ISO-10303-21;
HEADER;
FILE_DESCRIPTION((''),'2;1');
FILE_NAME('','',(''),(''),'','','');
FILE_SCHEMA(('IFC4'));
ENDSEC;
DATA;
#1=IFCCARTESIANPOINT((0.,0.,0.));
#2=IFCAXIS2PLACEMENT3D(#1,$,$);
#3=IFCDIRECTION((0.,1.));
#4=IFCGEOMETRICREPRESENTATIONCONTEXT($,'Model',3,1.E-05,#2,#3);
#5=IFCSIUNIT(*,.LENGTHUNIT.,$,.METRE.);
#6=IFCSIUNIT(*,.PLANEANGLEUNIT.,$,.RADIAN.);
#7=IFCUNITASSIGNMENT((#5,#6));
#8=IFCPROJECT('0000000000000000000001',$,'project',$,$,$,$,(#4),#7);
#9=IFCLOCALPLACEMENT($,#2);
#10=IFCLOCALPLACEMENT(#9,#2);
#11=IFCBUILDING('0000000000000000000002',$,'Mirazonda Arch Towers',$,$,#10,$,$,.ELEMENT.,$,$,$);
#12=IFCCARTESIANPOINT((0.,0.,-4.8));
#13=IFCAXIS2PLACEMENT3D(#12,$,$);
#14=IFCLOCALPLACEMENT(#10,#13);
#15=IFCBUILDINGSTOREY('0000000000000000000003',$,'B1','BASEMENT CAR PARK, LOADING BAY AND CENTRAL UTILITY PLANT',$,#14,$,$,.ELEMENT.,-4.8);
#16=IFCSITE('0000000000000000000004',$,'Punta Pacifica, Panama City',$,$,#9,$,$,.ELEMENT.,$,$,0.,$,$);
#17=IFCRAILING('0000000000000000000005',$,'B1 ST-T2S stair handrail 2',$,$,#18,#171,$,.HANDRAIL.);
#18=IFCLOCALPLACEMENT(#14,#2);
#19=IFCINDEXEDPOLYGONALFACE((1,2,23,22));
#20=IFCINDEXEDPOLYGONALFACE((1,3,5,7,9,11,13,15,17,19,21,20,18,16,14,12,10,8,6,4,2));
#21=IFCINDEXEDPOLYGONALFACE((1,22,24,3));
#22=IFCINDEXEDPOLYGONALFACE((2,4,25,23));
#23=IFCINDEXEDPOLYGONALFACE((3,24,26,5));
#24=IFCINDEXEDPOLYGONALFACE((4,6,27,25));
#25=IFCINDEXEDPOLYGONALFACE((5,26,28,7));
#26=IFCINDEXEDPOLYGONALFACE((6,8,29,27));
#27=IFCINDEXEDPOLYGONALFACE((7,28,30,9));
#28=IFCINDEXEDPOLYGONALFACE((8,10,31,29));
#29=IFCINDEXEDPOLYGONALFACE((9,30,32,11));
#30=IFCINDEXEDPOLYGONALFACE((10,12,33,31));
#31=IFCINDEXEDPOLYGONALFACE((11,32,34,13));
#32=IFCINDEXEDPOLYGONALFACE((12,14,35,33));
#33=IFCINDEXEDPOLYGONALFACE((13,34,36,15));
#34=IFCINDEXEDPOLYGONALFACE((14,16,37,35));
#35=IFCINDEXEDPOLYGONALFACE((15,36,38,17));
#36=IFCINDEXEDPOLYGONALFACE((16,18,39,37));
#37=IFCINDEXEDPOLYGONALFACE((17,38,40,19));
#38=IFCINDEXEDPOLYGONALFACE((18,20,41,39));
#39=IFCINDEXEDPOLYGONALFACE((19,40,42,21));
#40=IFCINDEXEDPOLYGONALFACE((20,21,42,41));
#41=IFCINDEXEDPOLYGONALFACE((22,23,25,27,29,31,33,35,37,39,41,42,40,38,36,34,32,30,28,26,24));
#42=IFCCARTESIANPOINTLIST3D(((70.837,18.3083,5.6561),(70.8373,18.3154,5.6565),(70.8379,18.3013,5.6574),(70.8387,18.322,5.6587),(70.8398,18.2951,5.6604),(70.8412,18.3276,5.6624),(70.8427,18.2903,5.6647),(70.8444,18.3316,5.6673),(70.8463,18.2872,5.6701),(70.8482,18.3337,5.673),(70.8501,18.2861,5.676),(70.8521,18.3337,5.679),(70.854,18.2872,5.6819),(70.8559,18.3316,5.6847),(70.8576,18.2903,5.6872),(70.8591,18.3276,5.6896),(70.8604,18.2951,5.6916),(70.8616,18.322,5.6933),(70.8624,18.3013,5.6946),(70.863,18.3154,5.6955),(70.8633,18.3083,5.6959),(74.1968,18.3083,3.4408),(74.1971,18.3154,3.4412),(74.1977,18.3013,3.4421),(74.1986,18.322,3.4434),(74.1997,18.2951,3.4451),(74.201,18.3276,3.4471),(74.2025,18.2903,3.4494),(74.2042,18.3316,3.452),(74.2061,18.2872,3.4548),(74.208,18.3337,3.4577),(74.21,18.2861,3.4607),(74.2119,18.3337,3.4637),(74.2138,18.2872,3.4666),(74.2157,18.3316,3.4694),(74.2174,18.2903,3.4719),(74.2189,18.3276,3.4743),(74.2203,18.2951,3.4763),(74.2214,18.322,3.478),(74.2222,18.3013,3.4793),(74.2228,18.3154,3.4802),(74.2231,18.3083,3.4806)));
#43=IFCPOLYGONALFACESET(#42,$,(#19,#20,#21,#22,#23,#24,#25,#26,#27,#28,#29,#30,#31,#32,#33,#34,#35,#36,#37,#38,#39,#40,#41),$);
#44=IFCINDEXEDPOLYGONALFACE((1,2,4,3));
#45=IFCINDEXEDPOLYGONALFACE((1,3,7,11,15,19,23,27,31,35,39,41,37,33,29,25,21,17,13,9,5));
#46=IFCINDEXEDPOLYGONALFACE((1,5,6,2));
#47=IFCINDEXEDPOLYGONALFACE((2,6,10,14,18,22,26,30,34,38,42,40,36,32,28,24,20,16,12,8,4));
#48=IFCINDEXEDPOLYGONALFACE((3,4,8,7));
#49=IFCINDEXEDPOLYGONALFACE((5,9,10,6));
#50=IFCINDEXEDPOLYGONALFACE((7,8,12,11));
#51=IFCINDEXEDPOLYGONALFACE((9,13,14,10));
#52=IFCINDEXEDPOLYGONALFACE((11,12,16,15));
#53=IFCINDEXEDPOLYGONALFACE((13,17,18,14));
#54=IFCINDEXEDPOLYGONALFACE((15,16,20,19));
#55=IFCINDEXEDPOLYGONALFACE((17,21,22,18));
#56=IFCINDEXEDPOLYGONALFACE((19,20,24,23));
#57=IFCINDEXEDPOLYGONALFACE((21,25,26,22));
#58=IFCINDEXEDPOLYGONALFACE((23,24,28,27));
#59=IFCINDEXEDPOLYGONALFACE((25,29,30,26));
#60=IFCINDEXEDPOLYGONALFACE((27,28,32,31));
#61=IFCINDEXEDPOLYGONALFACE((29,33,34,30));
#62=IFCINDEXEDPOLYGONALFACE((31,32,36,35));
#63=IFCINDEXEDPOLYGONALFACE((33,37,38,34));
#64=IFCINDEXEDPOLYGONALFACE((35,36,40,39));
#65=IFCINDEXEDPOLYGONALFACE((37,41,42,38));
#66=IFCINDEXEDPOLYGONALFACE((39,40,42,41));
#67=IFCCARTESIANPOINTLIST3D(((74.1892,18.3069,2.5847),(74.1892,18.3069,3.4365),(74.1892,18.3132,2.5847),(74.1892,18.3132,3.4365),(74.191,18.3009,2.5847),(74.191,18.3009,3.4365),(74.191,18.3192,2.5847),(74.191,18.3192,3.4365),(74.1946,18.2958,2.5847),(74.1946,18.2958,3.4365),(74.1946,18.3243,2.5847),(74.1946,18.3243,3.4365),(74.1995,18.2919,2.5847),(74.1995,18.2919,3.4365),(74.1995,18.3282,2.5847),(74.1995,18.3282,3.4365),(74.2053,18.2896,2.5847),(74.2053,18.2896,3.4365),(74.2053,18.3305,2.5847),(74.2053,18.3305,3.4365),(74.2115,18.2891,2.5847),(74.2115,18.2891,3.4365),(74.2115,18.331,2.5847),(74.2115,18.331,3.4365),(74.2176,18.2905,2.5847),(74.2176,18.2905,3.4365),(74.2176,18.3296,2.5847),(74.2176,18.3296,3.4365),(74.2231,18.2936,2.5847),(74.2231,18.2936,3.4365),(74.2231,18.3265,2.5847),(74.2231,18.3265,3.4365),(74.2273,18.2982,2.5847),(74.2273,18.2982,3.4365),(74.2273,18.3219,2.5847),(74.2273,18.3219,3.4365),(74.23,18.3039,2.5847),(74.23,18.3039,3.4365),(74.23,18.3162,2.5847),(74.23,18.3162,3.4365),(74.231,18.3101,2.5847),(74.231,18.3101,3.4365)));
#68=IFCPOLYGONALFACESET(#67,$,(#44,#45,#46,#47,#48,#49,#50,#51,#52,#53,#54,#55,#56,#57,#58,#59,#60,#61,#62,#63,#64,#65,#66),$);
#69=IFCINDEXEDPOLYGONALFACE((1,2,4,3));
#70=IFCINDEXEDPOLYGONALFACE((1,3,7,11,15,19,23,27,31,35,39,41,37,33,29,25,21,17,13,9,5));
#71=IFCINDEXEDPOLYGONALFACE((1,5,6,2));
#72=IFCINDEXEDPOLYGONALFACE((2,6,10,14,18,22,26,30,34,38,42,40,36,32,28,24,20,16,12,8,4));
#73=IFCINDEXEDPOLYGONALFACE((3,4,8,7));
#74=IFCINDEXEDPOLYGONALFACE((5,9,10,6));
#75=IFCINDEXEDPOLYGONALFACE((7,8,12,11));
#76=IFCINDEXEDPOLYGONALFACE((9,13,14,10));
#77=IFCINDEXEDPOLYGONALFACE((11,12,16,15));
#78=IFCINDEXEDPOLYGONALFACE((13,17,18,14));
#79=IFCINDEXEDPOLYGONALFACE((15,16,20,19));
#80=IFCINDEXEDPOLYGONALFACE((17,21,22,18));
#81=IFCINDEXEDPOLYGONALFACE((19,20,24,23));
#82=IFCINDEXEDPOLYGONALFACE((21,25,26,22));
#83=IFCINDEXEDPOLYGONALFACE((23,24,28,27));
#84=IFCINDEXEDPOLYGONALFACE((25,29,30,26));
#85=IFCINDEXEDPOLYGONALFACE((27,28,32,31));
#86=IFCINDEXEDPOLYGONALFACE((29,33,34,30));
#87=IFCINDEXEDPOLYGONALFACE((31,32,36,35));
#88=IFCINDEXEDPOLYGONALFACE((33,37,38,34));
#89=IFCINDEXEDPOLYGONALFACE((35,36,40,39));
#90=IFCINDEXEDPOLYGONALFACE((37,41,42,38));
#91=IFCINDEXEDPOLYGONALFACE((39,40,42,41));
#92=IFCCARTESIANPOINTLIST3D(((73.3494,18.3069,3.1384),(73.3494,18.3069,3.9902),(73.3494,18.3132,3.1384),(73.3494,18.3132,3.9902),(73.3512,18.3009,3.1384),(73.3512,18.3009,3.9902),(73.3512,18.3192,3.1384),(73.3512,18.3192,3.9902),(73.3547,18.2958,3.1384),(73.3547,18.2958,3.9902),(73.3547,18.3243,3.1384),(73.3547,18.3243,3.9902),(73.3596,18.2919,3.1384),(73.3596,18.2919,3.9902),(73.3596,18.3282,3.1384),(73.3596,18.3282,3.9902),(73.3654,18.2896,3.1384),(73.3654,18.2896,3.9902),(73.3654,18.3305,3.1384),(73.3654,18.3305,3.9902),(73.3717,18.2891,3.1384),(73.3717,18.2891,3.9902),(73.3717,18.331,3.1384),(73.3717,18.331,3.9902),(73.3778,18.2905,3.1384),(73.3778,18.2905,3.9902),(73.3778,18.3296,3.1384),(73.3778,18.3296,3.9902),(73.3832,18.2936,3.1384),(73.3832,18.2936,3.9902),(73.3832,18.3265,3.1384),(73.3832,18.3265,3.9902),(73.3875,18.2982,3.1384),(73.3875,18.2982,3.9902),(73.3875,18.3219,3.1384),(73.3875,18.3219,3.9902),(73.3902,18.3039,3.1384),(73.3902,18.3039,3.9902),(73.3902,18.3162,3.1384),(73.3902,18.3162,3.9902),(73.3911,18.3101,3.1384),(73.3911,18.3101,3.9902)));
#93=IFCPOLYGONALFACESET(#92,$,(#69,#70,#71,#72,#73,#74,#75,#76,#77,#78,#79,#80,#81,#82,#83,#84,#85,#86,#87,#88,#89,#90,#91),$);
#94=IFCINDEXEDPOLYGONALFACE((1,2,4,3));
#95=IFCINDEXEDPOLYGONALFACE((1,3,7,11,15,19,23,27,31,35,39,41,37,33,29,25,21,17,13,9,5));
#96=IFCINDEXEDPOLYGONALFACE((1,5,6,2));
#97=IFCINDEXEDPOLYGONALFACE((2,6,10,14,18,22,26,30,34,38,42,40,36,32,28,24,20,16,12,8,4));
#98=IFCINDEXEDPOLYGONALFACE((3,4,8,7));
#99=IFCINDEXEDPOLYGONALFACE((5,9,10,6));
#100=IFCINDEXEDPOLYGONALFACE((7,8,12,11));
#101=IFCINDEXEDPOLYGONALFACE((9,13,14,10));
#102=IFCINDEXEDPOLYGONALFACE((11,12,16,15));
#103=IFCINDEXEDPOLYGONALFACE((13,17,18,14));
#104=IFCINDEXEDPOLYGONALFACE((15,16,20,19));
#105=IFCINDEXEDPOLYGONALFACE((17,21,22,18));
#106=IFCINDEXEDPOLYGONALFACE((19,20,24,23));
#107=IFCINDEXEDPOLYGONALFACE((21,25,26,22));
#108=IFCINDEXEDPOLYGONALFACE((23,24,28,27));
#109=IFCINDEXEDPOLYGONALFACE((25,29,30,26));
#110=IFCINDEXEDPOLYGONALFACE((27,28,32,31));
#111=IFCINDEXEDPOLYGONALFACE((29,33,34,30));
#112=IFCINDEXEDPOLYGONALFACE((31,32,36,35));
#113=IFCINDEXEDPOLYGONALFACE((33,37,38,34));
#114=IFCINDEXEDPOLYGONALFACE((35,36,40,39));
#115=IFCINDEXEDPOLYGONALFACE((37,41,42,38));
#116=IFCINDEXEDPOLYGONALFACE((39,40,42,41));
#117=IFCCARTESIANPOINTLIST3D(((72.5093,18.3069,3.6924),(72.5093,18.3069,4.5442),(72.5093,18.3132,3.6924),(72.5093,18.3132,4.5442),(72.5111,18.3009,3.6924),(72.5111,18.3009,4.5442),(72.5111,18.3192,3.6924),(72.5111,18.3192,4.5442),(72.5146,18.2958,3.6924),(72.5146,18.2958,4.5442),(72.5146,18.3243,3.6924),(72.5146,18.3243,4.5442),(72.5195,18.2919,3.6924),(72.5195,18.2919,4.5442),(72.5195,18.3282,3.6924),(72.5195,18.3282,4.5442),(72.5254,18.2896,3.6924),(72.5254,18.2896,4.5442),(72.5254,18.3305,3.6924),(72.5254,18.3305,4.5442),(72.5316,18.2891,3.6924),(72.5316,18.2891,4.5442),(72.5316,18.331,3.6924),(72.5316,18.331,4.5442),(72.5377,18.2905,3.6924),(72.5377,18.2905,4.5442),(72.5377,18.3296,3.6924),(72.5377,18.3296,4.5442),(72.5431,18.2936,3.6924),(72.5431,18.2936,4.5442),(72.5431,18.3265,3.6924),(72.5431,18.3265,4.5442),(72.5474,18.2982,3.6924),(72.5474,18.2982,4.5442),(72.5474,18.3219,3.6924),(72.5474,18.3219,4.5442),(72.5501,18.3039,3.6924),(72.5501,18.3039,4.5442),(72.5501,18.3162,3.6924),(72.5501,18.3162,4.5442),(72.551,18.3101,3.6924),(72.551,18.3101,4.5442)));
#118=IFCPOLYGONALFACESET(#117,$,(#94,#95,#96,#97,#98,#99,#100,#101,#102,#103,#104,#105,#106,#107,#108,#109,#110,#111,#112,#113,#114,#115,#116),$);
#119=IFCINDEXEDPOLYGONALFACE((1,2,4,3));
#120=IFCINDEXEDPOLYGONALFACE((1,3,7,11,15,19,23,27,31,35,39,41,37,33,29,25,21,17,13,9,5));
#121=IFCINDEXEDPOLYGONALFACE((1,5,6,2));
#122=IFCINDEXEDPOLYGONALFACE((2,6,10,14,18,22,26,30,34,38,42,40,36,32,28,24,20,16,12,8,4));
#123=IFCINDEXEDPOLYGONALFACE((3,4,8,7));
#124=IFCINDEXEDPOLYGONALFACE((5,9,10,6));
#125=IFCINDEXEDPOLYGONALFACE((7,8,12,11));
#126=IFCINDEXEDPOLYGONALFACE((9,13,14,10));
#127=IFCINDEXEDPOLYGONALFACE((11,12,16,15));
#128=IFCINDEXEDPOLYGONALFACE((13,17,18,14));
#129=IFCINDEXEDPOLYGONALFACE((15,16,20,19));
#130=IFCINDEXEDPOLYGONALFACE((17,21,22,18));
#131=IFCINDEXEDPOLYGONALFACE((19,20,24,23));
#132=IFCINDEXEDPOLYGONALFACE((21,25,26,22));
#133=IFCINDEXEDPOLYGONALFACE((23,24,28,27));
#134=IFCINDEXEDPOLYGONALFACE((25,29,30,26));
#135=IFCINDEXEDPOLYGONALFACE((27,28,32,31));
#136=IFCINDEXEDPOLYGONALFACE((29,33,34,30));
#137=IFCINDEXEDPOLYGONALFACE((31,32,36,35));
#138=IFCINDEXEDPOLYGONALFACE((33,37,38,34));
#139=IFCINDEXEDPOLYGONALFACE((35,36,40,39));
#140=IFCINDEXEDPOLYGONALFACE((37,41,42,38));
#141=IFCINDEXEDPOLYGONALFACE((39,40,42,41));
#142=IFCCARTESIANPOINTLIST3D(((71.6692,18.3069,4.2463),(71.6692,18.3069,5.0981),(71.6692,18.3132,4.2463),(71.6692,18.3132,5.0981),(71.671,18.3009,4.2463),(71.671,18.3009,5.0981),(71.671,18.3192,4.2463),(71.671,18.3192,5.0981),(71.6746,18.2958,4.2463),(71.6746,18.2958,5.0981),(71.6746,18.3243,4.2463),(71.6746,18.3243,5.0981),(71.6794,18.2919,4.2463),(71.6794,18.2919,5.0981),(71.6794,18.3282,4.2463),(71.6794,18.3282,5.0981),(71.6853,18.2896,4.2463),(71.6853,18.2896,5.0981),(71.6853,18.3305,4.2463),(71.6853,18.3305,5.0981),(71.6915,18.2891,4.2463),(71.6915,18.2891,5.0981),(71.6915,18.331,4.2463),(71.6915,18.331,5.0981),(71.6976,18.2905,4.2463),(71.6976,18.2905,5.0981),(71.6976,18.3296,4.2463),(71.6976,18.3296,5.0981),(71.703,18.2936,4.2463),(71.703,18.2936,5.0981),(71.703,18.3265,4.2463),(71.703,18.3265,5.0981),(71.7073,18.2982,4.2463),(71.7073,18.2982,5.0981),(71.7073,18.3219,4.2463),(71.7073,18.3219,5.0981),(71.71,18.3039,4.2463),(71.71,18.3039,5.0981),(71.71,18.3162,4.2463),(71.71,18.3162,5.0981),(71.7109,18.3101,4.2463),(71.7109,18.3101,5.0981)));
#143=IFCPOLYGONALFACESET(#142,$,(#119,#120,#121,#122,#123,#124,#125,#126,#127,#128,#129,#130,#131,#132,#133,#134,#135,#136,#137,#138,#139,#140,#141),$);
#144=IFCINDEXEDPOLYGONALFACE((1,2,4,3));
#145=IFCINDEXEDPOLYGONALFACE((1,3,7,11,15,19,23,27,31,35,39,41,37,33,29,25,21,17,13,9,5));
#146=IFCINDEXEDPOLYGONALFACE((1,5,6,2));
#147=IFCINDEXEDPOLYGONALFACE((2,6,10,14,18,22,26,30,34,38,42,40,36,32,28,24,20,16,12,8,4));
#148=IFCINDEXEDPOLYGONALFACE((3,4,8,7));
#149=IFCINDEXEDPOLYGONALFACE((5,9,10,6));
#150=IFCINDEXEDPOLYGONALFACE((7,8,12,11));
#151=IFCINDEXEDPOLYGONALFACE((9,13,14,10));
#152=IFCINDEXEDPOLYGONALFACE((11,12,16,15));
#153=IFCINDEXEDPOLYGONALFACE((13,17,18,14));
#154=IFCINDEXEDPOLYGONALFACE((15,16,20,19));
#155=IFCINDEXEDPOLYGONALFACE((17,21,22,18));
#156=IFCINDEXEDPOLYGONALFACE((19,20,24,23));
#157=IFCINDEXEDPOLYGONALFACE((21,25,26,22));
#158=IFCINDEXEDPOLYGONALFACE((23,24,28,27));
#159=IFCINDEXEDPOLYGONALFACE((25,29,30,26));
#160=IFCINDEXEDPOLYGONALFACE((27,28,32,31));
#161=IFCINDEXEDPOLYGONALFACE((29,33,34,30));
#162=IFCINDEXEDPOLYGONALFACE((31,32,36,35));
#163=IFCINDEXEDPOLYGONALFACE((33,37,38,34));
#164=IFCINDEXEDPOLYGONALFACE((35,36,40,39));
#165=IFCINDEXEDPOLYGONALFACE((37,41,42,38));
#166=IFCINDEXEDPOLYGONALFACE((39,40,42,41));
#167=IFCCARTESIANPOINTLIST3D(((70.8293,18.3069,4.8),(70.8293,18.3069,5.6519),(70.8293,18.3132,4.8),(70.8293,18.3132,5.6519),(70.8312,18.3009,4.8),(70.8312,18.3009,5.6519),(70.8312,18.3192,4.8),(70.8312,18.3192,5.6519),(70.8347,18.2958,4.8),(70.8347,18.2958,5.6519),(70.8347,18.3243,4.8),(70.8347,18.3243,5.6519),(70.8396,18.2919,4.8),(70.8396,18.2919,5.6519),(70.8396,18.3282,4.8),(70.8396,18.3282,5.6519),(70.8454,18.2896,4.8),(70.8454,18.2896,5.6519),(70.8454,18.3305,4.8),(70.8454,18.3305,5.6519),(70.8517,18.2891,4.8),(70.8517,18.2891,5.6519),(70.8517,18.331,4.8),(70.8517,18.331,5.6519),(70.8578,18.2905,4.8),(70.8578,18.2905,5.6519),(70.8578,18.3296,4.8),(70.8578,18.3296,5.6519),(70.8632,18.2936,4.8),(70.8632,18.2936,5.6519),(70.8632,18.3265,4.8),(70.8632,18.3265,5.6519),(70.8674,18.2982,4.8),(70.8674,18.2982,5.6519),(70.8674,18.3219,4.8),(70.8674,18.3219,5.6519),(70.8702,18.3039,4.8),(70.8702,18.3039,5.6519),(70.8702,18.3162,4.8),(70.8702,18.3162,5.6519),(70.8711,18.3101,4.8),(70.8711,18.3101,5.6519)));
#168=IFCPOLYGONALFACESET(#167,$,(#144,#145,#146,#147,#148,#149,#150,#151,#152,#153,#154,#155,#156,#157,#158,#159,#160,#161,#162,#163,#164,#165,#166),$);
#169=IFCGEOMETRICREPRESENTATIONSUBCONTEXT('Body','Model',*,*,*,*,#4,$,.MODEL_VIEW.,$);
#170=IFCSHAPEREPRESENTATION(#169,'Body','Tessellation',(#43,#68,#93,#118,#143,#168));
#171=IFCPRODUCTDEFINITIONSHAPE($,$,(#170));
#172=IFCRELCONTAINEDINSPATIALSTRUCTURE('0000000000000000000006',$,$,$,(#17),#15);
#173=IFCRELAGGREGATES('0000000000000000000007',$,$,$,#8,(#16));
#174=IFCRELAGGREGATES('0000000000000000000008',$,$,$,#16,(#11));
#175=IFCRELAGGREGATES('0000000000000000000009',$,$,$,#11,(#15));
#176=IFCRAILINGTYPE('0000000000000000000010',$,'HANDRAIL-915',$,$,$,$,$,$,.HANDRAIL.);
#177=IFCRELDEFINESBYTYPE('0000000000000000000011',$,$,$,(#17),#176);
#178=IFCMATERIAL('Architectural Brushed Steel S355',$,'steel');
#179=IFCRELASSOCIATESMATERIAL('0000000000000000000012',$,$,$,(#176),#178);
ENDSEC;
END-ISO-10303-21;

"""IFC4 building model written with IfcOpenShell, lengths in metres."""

from ifc_helpers import new_model, si_unit, direction, frame, origin, origin_2d, place, context, subcontext, project, spatial, circle, extrude, material, type_object, element, save


model = new_model("IFC4")

# Units and contexts
model_context = context("Model", 3, precision=1e-05, world=origin(), true_north=direction((0.0, 1.0)))
body_context = subcontext(model_context, "Body", "Model", "MODEL_VIEW")
ifc_project = project(units=[si_unit("LENGTHUNIT", "METRE"), si_unit("PLANEANGLEUNIT", "RADIAN")], contexts=[model_context])

# Site, building, storey
site_placement = place(None, origin())
site = spatial("IfcSite", under=ifc_project, at=site_placement, Name="Punta Pacifica, Panama City", CompositionType="ELEMENT", RefElevation=0.0)
building_placement = place(site_placement, origin())
building = spatial("IfcBuilding", under=site, at=building_placement, Name="Mirazonda Arch Towers", CompositionType="ELEMENT")
storey_placement = place(building_placement, frame((0.0, 0.0, -4.8)))
storey = spatial("IfcBuildingStorey", under=building, at=storey_placement, Name="B1", Description="BASEMENT CAR PARK, LOADING BAY AND CENTRAL UTILITY PLANT", CompositionType="ELEMENT", Elevation=-4.8)

# Railing
ifc_material_1 = material(Name="Architectural Brushed Steel S355", Category="steel")
railing_type_1 = type_object("IfcRailingType", Name="HANDRAIL-915", PredefinedType="HANDRAIL", material=ifc_material_1)
railing_1_placement = place(storey_placement, frame((74.21, 18.3101, 2.5847)))
element("IfcRailing", 1, at=railing_1_placement, inside=storey, type_object=railing_type_1, Name="B1 ST-T2S stair handrail 2", PredefinedType="HANDRAIL", context=body_context, shape_type="SweptSolid", body=[
    extrude(circle(Radius=0.0239, at=origin_2d()), frame((0.0, 0.0, 0.876), z_axis=(-0.834858, 0.0, 0.550465), x_axis=(0.0, -1.0, 0.0)), (0.0, 0.0, 1.0), 4.0244),
    extrude(circle(Radius=0.021, at=origin_2d()), origin(), (0.0, 0.0, 1.0), 0.8518),
    extrude(circle(Radius=0.021, at=origin_2d()), frame((-0.8398, 0.0, 0.5537)), (0.0, 0.0, 1.0), 0.8518),
    extrude(circle(Radius=0.021, at=origin_2d()), frame((-1.6799, 0.0, 1.1077)), (0.0, 0.0, 1.0), 0.8518),
    extrude(circle(Radius=0.021, at=origin_2d()), frame((-2.52, 0.0, 1.6616)), (0.0, 0.0, 1.0), 0.8518),
    extrude(circle(Radius=0.021, at=origin_2d()), frame((-3.3599, 0.0, 2.2153)), (0.0, 0.0, 1.0), 0.8518),
])

save(model, "model.ifc")
